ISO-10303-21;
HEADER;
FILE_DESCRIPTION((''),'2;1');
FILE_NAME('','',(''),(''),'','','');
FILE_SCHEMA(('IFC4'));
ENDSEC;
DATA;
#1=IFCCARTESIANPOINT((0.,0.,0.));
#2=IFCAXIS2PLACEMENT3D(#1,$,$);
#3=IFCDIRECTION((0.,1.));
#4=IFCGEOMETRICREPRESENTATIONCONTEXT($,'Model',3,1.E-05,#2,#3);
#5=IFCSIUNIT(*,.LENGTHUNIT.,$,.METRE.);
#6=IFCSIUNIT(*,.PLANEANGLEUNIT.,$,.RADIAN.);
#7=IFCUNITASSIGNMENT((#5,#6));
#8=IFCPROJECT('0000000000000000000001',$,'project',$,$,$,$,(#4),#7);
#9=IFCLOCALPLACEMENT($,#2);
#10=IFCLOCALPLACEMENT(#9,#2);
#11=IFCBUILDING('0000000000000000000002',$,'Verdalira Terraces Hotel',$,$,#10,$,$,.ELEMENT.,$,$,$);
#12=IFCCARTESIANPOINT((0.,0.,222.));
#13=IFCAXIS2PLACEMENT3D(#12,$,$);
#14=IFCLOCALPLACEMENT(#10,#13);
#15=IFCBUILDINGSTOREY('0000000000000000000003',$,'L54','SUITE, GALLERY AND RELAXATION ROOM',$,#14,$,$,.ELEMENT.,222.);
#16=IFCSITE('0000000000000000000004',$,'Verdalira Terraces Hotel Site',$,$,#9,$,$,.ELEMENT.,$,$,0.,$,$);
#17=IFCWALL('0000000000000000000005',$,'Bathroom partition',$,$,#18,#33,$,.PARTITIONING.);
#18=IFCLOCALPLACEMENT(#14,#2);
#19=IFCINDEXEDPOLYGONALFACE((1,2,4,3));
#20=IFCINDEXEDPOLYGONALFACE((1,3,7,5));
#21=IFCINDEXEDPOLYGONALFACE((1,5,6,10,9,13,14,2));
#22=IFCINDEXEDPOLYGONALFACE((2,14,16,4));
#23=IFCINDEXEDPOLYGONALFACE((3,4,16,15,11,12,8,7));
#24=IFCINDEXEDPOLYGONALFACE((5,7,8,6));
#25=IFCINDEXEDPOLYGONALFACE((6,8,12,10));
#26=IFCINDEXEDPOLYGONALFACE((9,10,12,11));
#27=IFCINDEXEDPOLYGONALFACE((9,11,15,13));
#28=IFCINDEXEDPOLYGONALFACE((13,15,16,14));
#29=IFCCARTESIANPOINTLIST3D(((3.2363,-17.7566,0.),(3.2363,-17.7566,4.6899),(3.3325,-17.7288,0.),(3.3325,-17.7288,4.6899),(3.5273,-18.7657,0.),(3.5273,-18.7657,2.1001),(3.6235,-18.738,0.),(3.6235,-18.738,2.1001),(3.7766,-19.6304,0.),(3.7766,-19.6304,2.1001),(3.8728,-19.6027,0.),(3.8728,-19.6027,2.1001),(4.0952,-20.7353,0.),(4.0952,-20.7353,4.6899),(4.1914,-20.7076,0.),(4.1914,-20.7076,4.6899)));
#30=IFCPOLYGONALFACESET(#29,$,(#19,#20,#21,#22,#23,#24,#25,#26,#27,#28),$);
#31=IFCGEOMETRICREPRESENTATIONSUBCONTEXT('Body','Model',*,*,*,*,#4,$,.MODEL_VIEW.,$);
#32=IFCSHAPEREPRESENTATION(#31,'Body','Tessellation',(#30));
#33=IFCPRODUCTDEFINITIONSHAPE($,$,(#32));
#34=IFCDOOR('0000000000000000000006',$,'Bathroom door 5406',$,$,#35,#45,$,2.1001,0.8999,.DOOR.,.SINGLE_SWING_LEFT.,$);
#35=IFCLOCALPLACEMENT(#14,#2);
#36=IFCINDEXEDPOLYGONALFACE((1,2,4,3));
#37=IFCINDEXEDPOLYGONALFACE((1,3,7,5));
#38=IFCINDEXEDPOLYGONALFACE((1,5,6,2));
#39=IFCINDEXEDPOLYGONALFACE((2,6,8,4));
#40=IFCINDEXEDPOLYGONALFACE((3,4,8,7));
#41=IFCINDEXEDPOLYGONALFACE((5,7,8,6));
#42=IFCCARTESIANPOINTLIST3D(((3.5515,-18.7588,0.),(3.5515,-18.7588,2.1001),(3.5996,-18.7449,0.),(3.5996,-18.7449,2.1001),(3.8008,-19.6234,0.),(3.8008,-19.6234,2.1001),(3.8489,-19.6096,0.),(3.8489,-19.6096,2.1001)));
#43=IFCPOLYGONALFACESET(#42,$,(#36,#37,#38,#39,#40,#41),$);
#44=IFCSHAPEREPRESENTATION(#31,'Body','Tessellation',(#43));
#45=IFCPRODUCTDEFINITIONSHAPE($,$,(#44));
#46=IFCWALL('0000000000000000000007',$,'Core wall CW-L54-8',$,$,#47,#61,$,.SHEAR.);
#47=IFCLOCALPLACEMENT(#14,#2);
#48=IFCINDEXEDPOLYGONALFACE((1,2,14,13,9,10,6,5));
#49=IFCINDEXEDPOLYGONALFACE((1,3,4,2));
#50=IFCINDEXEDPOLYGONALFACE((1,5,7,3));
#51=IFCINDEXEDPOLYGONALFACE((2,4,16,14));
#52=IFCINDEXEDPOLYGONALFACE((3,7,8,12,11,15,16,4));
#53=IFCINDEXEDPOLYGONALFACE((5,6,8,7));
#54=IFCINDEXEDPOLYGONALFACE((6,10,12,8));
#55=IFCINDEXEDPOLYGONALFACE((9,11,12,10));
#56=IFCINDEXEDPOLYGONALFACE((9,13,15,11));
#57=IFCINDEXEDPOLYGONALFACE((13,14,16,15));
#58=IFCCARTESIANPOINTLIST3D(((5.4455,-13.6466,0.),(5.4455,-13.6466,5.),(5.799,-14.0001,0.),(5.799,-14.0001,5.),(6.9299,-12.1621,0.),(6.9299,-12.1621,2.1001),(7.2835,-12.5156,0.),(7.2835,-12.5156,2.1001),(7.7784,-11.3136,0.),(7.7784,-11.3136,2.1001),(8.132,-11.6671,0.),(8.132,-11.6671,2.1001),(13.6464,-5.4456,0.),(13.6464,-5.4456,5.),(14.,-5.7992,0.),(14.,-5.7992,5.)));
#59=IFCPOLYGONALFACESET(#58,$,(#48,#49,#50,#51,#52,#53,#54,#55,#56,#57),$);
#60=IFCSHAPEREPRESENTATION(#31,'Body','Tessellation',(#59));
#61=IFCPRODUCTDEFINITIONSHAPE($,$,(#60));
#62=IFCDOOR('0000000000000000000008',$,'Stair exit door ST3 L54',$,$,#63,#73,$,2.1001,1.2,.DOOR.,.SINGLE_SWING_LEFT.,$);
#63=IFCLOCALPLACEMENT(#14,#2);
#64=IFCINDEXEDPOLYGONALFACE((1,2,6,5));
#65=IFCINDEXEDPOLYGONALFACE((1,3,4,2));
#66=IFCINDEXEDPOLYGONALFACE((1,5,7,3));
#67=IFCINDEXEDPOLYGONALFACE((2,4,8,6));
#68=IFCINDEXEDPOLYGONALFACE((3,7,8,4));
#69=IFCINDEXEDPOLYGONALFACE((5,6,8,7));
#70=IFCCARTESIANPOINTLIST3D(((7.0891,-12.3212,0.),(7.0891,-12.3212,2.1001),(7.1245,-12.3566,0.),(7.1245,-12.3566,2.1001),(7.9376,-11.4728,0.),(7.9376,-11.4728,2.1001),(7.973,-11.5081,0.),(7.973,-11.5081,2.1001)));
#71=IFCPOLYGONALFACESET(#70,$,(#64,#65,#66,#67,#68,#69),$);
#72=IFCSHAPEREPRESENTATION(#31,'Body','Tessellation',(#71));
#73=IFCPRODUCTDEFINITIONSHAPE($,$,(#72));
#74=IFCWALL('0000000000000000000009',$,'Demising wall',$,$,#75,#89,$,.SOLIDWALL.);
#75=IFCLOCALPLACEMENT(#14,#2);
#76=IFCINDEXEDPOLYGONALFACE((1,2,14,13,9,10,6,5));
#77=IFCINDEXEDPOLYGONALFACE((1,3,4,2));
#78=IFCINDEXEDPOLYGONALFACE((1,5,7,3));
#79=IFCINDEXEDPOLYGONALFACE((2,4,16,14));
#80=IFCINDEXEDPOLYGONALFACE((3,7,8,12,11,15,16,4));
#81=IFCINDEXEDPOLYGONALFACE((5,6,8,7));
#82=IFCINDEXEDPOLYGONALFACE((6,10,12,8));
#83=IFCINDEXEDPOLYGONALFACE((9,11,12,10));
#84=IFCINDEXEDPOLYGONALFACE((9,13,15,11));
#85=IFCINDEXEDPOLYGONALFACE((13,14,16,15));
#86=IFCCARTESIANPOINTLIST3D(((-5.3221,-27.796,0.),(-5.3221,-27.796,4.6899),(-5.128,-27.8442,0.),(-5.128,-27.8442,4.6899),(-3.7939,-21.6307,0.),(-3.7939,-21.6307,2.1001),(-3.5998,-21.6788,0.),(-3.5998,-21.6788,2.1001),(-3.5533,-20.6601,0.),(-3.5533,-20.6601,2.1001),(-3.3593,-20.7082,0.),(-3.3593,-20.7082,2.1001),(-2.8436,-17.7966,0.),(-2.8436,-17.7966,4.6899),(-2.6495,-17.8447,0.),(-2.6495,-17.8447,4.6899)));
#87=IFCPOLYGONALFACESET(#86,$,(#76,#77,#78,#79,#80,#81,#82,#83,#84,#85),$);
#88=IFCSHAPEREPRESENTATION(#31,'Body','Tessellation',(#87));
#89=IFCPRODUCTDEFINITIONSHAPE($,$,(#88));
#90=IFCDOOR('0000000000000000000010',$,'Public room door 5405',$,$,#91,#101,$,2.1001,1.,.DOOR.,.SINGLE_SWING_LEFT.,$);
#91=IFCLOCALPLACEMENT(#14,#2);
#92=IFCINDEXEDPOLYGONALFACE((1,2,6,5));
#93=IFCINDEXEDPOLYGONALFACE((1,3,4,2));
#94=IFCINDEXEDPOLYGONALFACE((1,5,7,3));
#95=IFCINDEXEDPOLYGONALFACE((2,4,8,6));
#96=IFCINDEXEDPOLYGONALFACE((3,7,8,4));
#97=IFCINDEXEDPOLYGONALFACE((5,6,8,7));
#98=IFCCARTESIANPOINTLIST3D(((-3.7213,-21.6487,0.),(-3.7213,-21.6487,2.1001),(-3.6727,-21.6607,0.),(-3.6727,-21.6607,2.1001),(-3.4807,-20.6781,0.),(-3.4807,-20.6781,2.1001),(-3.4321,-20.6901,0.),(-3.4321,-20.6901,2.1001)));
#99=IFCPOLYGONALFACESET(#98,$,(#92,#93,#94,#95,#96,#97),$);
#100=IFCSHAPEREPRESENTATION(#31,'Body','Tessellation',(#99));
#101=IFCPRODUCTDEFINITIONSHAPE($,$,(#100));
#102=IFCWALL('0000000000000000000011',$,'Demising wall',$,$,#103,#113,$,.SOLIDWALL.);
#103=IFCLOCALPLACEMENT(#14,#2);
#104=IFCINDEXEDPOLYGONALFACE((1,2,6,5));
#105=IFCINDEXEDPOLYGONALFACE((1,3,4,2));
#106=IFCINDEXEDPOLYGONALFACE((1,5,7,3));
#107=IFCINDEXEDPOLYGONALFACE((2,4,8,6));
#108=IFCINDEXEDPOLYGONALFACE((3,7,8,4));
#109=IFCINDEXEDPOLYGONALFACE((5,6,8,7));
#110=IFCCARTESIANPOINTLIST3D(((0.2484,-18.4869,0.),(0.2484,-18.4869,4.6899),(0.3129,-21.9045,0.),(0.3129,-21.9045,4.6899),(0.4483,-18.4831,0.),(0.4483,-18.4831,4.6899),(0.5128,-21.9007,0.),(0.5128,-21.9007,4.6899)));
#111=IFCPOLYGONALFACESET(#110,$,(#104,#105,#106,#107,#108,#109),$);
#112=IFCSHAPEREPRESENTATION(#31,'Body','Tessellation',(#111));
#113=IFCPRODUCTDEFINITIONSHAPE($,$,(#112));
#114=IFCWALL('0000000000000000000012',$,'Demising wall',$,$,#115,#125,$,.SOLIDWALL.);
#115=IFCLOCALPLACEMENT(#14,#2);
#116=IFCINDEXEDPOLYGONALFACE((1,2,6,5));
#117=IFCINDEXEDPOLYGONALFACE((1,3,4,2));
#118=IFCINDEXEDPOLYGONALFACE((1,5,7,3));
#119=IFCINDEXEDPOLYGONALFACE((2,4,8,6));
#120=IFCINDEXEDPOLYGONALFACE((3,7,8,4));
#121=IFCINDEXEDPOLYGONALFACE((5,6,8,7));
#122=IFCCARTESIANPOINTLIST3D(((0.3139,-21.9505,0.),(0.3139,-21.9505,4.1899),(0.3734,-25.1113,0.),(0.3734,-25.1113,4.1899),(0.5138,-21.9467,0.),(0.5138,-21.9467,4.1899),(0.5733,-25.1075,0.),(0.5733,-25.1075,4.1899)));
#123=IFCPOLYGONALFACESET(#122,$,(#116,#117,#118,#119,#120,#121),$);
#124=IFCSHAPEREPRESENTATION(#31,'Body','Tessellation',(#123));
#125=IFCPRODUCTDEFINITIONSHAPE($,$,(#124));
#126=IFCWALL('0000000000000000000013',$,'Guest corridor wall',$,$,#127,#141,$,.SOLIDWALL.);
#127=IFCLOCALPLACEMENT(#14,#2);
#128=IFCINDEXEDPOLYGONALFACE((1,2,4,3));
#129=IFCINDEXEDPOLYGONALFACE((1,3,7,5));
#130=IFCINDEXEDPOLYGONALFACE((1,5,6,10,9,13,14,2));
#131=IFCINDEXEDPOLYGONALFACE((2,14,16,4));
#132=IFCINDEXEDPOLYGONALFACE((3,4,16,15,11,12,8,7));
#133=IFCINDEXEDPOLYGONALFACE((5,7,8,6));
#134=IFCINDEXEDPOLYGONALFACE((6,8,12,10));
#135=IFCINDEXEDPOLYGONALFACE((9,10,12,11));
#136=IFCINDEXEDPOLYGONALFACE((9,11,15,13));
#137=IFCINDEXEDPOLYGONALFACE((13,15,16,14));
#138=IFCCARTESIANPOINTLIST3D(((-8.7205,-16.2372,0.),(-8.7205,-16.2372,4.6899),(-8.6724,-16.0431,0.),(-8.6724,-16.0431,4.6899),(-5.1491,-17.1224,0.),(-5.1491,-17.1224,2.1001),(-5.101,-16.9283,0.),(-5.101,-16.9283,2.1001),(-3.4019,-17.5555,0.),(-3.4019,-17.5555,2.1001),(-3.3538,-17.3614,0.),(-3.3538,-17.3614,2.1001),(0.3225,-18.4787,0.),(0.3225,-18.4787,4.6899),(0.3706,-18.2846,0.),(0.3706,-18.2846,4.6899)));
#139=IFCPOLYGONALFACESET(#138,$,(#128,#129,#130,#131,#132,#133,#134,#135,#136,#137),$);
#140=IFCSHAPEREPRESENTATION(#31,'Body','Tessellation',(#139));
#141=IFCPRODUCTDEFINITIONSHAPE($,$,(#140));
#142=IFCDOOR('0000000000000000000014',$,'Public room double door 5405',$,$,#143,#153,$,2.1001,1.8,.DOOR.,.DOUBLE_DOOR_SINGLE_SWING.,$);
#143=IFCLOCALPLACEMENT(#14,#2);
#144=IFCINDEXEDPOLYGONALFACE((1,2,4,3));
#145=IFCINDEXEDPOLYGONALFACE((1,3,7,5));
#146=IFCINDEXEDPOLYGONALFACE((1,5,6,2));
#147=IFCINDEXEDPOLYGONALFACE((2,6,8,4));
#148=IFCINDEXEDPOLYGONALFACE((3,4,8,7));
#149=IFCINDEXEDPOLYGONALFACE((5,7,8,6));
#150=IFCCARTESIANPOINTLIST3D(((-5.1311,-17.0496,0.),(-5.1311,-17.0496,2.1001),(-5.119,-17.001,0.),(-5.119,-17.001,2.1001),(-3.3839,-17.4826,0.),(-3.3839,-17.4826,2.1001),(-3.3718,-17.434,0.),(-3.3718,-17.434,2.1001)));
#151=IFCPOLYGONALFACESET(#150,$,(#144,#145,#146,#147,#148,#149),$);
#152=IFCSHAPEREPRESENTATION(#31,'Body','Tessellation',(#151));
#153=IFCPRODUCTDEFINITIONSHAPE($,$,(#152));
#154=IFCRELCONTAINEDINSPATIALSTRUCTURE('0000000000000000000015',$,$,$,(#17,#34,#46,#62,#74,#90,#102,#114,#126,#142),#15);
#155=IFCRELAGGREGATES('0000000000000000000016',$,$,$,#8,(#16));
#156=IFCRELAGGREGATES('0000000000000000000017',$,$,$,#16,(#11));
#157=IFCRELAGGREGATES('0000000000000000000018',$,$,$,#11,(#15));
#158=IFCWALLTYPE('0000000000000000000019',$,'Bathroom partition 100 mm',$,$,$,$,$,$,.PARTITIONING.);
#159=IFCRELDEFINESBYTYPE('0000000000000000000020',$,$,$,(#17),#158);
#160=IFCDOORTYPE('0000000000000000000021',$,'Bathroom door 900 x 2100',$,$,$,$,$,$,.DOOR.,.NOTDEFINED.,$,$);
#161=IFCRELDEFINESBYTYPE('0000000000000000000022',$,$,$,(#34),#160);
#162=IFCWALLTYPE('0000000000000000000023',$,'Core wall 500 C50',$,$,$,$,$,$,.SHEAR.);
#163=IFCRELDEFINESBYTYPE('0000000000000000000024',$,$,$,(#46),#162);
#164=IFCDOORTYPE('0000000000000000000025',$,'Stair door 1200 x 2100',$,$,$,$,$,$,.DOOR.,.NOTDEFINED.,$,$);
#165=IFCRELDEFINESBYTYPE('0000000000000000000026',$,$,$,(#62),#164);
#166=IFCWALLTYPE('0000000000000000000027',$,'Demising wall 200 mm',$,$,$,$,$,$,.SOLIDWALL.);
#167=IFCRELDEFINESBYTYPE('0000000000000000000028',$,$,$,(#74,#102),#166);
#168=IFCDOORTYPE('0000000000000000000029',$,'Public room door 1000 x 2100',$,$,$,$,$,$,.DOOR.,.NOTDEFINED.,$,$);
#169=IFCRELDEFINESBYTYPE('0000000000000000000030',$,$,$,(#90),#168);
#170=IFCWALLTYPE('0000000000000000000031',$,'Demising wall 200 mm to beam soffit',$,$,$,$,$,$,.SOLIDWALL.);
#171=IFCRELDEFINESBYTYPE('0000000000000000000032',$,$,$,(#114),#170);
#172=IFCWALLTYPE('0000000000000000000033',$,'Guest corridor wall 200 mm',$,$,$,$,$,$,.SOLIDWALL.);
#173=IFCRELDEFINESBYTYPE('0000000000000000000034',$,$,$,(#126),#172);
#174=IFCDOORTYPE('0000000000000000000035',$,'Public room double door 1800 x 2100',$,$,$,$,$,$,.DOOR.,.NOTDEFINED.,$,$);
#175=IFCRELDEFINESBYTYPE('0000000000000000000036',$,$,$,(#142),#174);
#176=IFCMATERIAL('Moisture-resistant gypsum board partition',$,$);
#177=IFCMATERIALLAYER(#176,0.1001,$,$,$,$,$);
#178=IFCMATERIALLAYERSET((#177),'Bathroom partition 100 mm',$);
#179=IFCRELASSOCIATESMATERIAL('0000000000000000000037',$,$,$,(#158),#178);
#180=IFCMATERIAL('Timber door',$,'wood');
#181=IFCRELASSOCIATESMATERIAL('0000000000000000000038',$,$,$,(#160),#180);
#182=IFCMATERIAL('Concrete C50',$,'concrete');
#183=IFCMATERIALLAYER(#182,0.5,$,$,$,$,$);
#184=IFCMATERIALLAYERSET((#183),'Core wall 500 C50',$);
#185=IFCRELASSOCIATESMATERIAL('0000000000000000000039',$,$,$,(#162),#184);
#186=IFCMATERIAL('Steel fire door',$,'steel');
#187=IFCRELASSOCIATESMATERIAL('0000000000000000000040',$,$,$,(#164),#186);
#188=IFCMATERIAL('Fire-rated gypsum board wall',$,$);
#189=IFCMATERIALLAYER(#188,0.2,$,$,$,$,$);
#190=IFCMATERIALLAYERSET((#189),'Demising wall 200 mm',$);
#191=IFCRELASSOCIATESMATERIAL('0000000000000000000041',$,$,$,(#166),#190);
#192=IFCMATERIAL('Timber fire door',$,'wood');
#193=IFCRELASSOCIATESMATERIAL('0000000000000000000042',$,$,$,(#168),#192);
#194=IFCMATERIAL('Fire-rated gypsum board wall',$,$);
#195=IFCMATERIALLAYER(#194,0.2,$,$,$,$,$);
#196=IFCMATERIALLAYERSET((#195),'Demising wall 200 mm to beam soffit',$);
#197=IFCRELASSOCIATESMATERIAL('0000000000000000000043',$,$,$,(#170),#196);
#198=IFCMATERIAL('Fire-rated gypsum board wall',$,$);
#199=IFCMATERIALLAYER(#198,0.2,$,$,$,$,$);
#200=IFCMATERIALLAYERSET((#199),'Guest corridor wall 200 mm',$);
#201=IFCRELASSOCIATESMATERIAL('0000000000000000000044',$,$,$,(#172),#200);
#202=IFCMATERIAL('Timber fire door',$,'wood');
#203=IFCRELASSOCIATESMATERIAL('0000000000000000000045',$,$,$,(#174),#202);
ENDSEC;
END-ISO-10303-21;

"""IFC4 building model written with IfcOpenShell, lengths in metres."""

from ifc_helpers import new_model, si_unit, direction, frame, frame_2d, origin, place, context, subcontext, project, spatial, rectangle, extrude, material, layer, layer_set, type_object, element, fill, save


model = new_model("IFC4")

# Units and contexts
model_context = context("Model", 3, precision=1e-05, world=origin(), true_north=direction((0.0, 1.0)))
body_context = subcontext(model_context, "Body", "Model", "MODEL_VIEW")
ifc_project = project(units=[si_unit("LENGTHUNIT", "METRE"), si_unit("PLANEANGLEUNIT", "RADIAN")], contexts=[model_context])

# Site, building, storey
site_placement = place(None, origin())
site = spatial("IfcSite", under=ifc_project, at=site_placement, Name="Verdalira Terraces Hotel Site", CompositionType="ELEMENT", RefElevation=0.0)
building_placement = place(site_placement, origin())
building = spatial("IfcBuilding", under=site, at=building_placement, Name="Verdalira Terraces Hotel", CompositionType="ELEMENT")
storey_placement = place(building_placement, frame((0.0, 0.0, 222.0)))
storey = spatial("IfcBuildingStorey", under=building, at=storey_placement, Name="L54", Description="SUITE, GALLERY AND RELAXATION ROOM", CompositionType="ELEMENT", Elevation=222.0)

# Shared definitions
ifc_material_1 = material(Name="Moisture-resistant gypsum board partition")
ifc_layer_1 = layer(ifc_material_1, 0.1001)
ifc_layer_set_1 = layer_set([ifc_layer_1], Name="Bathroom partition 100 mm")
wall_type_1 = type_object("IfcWallType", Name="Bathroom partition 100 mm", PredefinedType="PARTITIONING", material=ifc_layer_set_1)

# Walls, openings, doors
wall_1_placement = place(storey_placement, frame((4.1433, -20.7214, 0.0), z_axis=(0.0, 0.0, 1.0), x_axis=(-0.27705, 0.960855, 0.0)))
wall_1 = element("IfcWall", 1, at=wall_1_placement, inside=storey, type_object=wall_type_1, Name="Bathroom partition", PredefinedType="PARTITIONING", context=body_context, shape_type="SweptSolid", body=[
    extrude(rectangle(XDim=3.1001, YDim=0.1001, at=frame_2d((1.55, 0.0))), origin(), (0.0, 0.0, 1.0), 4.6899),
])
opening_1_placement = place(wall_1_placement, frame((1.1499, 0.0, 0.0)))
opening_1 = element("IfcOpeningElement", 2, at=opening_1_placement, cuts=wall_1, PredefinedType="OPENING", context=body_context, shape_type="SweptSolid", body=[
    extrude(rectangle(XDim=0.8999, YDim=2.1001, at=frame_2d((0.45, 1.05))), frame((0.0, 0.0601, 0.0), z_axis=(0.0, -1.0, 0.0), x_axis=(1.0, 0.0, 0.0)), (0.0, 0.0, 1.0), 0.1201),
])
ifc_material_2 = material(Name="Timber door", Category="wood")
door_type_1 = type_object("IfcDoorType", Name="Bathroom door 900 x 2100", OperationType="NOTDEFINED", PredefinedType="DOOR", material=ifc_material_2)
door_1_placement = place(opening_1_placement, origin())
door_1 = element("IfcDoor", 3, at=door_1_placement, inside=storey, type_object=door_type_1, Name="Bathroom door 5406", OperationType="SINGLE_SWING_LEFT", OverallHeight=2.1001, OverallWidth=0.8999, PredefinedType="DOOR", context=body_context, shape_type="SweptSolid", body=[
    extrude(rectangle(XDim=0.8999, YDim=2.1001, at=frame_2d((0.45, 1.05))), frame((0.0, 0.0249, 0.0), z_axis=(0.0, -1.0, 0.0), x_axis=(1.0, 0.0, 0.0)), (0.0, 0.0, 1.0), 0.05),
])
fill(opening_1, door_1)
ifc_material_3 = material(Name="Concrete C50", Category="concrete")
ifc_layer_2 = layer(ifc_material_3, 0.5)
ifc_layer_set_2 = layer_set([ifc_layer_2], Name="Core wall 500 C50")
wall_type_2 = type_object("IfcWallType", Name="Core wall 500 C50", PredefinedType="SHEAR", material=ifc_layer_set_2)
wall_2_placement = place(storey_placement, frame((5.6223, -13.8232, 0.0), z_axis=(0.0, 0.0, 1.0), x_axis=(0.707107, 0.707107, 0.0)))
wall_2 = element("IfcWall", 4, at=wall_2_placement, inside=storey, type_object=wall_type_2, Name="Core wall CW-L54-8", PredefinedType="SHEAR", context=body_context, shape_type="SweptSolid", body=[
    extrude(rectangle(XDim=11.5979, YDim=0.5, at=frame_2d((5.7988, 0.0))), origin(), (0.0, 0.0, 1.0), 5.0),
])
opening_2_placement = place(wall_2_placement, frame((2.0991, 0.0, 0.0)))
opening_2 = element("IfcOpeningElement", 5, at=opening_2_placement, cuts=wall_2, PredefinedType="OPENING", context=body_context, shape_type="SweptSolid", body=[
    extrude(rectangle(XDim=1.2, YDim=2.1001, at=frame_2d((0.6001, 1.05))), frame((0.0, 0.26, 0.0), z_axis=(0.0, -1.0, 0.0), x_axis=(1.0, 0.0, 0.0)), (0.0, 0.0, 1.0), 0.52),
])
ifc_material_4 = material(Name="Steel fire door", Category="steel")
door_type_2 = type_object("IfcDoorType", Name="Stair door 1200 x 2100", OperationType="NOTDEFINED", PredefinedType="DOOR", material=ifc_material_4)
door_2_placement = place(opening_2_placement, origin())
door_2 = element("IfcDoor", 6, at=door_2_placement, inside=storey, type_object=door_type_2, Name="Stair exit door ST3 L54", OperationType="SINGLE_SWING_LEFT", OverallHeight=2.1001, OverallWidth=1.2, PredefinedType="DOOR", context=body_context, shape_type="SweptSolid", body=[
    extrude(rectangle(XDim=1.2, YDim=2.1001, at=frame_2d((0.6001, 1.05))), frame((0.0, 0.0249, 0.0), z_axis=(0.0, -1.0, 0.0), x_axis=(1.0, 0.0, 0.0)), (0.0, 0.0, 1.0), 0.05),
])
fill(opening_2, door_2)
ifc_material_5 = material(Name="Fire-rated gypsum board wall")
ifc_layer_3 = layer(ifc_material_5, 0.2)
ifc_layer_set_3 = layer_set([ifc_layer_3], Name="Demising wall 200 mm")
wall_type_3 = type_object("IfcWallType", Name="Demising wall 200 mm", PredefinedType="SOLIDWALL", material=ifc_layer_set_3)
wall_3_placement = place(storey_placement, frame((-2.7466, -17.8208, 0.0), z_axis=(0.0, 0.0, 1.0), x_axis=(-0.240584, -0.970628, 0.0)))
wall_3 = element("IfcWall", 7, at=wall_3_placement, inside=storey, type_object=wall_type_3, Name="Demising wall", PredefinedType="SOLIDWALL", context=body_context, shape_type="SweptSolid", body=[
    extrude(rectangle(XDim=10.302, YDim=0.2, at=frame_2d((5.1509, 0.0))), origin(), (0.0, 0.0, 1.0), 4.6899),
])
opening_3_placement = place(wall_3_placement, frame((2.95, 0.0, 0.0)))
opening_3 = element("IfcOpeningElement", 8, at=opening_3_placement, cuts=wall_3, PredefinedType="OPENING", context=body_context, shape_type="SweptSolid", body=[
    extrude(rectangle(XDim=1.0, YDim=2.1001, at=frame_2d((0.5, 1.05))), frame((0.0, 0.1099, 0.0), z_axis=(0.0, -1.0, 0.0), x_axis=(1.0, 0.0, 0.0)), (0.0, 0.0, 1.0), 0.22),
])
ifc_material_6 = material(Name="Timber fire door", Category="wood")
door_type_3 = type_object("IfcDoorType", Name="Public room door 1000 x 2100", OperationType="NOTDEFINED", PredefinedType="DOOR", material=ifc_material_6)
door_3_placement = place(opening_3_placement, origin())
door_3 = element("IfcDoor", 9, at=door_3_placement, inside=storey, type_object=door_type_3, Name="Public room door 5405", OperationType="SINGLE_SWING_LEFT", OverallHeight=2.1001, OverallWidth=1.0, PredefinedType="DOOR", context=body_context, shape_type="SweptSolid", body=[
    extrude(rectangle(XDim=1.0, YDim=2.1001, at=frame_2d((0.5, 1.05))), frame((0.0, 0.0249, 0.0), z_axis=(0.0, -1.0, 0.0), x_axis=(1.0, 0.0, 0.0)), (0.0, 0.0, 1.0), 0.05),
])
fill(opening_3, door_3)

# Walls
wall_4_placement = place(storey_placement, frame((0.3484, -18.4851, 0.0), z_axis=(0.0, 0.0, 1.0), x_axis=(0.018855, -0.999822, 0.0)))
element("IfcWall", 10, at=wall_4_placement, inside=storey, type_object=wall_type_3, Name="Demising wall", PredefinedType="SOLIDWALL", context=body_context, shape_type="SweptSolid", body=[
    extrude(rectangle(XDim=3.4182, YDim=0.2, at=frame_2d((1.709, 0.0))), origin(), (0.0, 0.0, 1.0), 4.6899),
])
ifc_material_7 = material(Name="Fire-rated gypsum board wall")
ifc_layer_4 = layer(ifc_material_7, 0.2)
ifc_layer_set_4 = layer_set([ifc_layer_4], Name="Demising wall 200 mm to beam soffit")
wall_type_4 = type_object("IfcWallType", Name="Demising wall 200 mm to beam soffit", PredefinedType="SOLIDWALL", material=ifc_layer_set_4)
wall_5_placement = place(storey_placement, frame((0.4138, -21.9487, 0.0), z_axis=(0.0, 0.0, 1.0), x_axis=(0.018843, -0.999822, 0.0)))
element("IfcWall", 11, at=wall_5_placement, inside=storey, type_object=wall_type_4, Name="Demising wall", PredefinedType="SOLIDWALL", context=body_context, shape_type="SweptSolid", body=[
    extrude(rectangle(XDim=3.1614, YDim=0.2, at=frame_2d((1.5806, 0.0))), origin(), (0.0, 0.0, 1.0), 4.1899),
])

# Wall, opening, door
ifc_material_8 = material(Name="Fire-rated gypsum board wall")
ifc_layer_5 = layer(ifc_material_8, 0.2)
ifc_layer_set_5 = layer_set([ifc_layer_5], Name="Guest corridor wall 200 mm")
wall_type_5 = type_object("IfcWallType", Name="Guest corridor wall 200 mm", PredefinedType="SOLIDWALL", material=ifc_layer_set_5)
wall_6_placement = place(storey_placement, frame((0.3464, -18.3816, 0.0), z_axis=(0.0, 0.0, 1.0), x_axis=(-0.970628, 0.240587, 0.0)))
wall_6 = element("IfcWall", 12, at=wall_6_placement, inside=storey, type_object=wall_type_5, Name="Guest corridor wall", PredefinedType="SOLIDWALL", context=body_context, shape_type="SweptSolid", body=[
    extrude(rectangle(XDim=9.3166, YDim=0.2, at=frame_2d((4.6582, 0.0))), origin(), (0.0, 0.0, 1.0), 4.6899),
])
opening_4_placement = place(wall_6_placement, frame((3.8372, 0.0, 0.0)))
opening_4 = element("IfcOpeningElement", 13, at=opening_4_placement, cuts=wall_6, PredefinedType="OPENING", context=body_context, shape_type="SweptSolid", body=[
    extrude(rectangle(XDim=1.8, YDim=2.1001, at=frame_2d((0.8999, 1.05))), frame((0.0, 0.1099, 0.0), z_axis=(0.0, -1.0, 0.0), x_axis=(1.0, 0.0, 0.0)), (0.0, 0.0, 1.0), 0.22),
])
ifc_material_9 = material(Name="Timber fire door", Category="wood")
door_type_4 = type_object("IfcDoorType", Name="Public room double door 1800 x 2100", OperationType="NOTDEFINED", PredefinedType="DOOR", material=ifc_material_9)
door_4_placement = place(opening_4_placement, origin())
door_4 = element("IfcDoor", 14, at=door_4_placement, inside=storey, type_object=door_type_4, Name="Public room double door 5405", OperationType="DOUBLE_DOOR_SINGLE_SWING", OverallHeight=2.1001, OverallWidth=1.8, PredefinedType="DOOR", context=body_context, shape_type="SweptSolid", body=[
    extrude(rectangle(XDim=1.8, YDim=2.1001, at=frame_2d((0.8999, 1.05))), frame((0.0, 0.0249, 0.0), z_axis=(0.0, -1.0, 0.0), x_axis=(1.0, 0.0, 0.0)), (0.0, 0.0, 1.0), 0.05),
])
fill(opening_4, door_4)

save(model, "model.ifc")
